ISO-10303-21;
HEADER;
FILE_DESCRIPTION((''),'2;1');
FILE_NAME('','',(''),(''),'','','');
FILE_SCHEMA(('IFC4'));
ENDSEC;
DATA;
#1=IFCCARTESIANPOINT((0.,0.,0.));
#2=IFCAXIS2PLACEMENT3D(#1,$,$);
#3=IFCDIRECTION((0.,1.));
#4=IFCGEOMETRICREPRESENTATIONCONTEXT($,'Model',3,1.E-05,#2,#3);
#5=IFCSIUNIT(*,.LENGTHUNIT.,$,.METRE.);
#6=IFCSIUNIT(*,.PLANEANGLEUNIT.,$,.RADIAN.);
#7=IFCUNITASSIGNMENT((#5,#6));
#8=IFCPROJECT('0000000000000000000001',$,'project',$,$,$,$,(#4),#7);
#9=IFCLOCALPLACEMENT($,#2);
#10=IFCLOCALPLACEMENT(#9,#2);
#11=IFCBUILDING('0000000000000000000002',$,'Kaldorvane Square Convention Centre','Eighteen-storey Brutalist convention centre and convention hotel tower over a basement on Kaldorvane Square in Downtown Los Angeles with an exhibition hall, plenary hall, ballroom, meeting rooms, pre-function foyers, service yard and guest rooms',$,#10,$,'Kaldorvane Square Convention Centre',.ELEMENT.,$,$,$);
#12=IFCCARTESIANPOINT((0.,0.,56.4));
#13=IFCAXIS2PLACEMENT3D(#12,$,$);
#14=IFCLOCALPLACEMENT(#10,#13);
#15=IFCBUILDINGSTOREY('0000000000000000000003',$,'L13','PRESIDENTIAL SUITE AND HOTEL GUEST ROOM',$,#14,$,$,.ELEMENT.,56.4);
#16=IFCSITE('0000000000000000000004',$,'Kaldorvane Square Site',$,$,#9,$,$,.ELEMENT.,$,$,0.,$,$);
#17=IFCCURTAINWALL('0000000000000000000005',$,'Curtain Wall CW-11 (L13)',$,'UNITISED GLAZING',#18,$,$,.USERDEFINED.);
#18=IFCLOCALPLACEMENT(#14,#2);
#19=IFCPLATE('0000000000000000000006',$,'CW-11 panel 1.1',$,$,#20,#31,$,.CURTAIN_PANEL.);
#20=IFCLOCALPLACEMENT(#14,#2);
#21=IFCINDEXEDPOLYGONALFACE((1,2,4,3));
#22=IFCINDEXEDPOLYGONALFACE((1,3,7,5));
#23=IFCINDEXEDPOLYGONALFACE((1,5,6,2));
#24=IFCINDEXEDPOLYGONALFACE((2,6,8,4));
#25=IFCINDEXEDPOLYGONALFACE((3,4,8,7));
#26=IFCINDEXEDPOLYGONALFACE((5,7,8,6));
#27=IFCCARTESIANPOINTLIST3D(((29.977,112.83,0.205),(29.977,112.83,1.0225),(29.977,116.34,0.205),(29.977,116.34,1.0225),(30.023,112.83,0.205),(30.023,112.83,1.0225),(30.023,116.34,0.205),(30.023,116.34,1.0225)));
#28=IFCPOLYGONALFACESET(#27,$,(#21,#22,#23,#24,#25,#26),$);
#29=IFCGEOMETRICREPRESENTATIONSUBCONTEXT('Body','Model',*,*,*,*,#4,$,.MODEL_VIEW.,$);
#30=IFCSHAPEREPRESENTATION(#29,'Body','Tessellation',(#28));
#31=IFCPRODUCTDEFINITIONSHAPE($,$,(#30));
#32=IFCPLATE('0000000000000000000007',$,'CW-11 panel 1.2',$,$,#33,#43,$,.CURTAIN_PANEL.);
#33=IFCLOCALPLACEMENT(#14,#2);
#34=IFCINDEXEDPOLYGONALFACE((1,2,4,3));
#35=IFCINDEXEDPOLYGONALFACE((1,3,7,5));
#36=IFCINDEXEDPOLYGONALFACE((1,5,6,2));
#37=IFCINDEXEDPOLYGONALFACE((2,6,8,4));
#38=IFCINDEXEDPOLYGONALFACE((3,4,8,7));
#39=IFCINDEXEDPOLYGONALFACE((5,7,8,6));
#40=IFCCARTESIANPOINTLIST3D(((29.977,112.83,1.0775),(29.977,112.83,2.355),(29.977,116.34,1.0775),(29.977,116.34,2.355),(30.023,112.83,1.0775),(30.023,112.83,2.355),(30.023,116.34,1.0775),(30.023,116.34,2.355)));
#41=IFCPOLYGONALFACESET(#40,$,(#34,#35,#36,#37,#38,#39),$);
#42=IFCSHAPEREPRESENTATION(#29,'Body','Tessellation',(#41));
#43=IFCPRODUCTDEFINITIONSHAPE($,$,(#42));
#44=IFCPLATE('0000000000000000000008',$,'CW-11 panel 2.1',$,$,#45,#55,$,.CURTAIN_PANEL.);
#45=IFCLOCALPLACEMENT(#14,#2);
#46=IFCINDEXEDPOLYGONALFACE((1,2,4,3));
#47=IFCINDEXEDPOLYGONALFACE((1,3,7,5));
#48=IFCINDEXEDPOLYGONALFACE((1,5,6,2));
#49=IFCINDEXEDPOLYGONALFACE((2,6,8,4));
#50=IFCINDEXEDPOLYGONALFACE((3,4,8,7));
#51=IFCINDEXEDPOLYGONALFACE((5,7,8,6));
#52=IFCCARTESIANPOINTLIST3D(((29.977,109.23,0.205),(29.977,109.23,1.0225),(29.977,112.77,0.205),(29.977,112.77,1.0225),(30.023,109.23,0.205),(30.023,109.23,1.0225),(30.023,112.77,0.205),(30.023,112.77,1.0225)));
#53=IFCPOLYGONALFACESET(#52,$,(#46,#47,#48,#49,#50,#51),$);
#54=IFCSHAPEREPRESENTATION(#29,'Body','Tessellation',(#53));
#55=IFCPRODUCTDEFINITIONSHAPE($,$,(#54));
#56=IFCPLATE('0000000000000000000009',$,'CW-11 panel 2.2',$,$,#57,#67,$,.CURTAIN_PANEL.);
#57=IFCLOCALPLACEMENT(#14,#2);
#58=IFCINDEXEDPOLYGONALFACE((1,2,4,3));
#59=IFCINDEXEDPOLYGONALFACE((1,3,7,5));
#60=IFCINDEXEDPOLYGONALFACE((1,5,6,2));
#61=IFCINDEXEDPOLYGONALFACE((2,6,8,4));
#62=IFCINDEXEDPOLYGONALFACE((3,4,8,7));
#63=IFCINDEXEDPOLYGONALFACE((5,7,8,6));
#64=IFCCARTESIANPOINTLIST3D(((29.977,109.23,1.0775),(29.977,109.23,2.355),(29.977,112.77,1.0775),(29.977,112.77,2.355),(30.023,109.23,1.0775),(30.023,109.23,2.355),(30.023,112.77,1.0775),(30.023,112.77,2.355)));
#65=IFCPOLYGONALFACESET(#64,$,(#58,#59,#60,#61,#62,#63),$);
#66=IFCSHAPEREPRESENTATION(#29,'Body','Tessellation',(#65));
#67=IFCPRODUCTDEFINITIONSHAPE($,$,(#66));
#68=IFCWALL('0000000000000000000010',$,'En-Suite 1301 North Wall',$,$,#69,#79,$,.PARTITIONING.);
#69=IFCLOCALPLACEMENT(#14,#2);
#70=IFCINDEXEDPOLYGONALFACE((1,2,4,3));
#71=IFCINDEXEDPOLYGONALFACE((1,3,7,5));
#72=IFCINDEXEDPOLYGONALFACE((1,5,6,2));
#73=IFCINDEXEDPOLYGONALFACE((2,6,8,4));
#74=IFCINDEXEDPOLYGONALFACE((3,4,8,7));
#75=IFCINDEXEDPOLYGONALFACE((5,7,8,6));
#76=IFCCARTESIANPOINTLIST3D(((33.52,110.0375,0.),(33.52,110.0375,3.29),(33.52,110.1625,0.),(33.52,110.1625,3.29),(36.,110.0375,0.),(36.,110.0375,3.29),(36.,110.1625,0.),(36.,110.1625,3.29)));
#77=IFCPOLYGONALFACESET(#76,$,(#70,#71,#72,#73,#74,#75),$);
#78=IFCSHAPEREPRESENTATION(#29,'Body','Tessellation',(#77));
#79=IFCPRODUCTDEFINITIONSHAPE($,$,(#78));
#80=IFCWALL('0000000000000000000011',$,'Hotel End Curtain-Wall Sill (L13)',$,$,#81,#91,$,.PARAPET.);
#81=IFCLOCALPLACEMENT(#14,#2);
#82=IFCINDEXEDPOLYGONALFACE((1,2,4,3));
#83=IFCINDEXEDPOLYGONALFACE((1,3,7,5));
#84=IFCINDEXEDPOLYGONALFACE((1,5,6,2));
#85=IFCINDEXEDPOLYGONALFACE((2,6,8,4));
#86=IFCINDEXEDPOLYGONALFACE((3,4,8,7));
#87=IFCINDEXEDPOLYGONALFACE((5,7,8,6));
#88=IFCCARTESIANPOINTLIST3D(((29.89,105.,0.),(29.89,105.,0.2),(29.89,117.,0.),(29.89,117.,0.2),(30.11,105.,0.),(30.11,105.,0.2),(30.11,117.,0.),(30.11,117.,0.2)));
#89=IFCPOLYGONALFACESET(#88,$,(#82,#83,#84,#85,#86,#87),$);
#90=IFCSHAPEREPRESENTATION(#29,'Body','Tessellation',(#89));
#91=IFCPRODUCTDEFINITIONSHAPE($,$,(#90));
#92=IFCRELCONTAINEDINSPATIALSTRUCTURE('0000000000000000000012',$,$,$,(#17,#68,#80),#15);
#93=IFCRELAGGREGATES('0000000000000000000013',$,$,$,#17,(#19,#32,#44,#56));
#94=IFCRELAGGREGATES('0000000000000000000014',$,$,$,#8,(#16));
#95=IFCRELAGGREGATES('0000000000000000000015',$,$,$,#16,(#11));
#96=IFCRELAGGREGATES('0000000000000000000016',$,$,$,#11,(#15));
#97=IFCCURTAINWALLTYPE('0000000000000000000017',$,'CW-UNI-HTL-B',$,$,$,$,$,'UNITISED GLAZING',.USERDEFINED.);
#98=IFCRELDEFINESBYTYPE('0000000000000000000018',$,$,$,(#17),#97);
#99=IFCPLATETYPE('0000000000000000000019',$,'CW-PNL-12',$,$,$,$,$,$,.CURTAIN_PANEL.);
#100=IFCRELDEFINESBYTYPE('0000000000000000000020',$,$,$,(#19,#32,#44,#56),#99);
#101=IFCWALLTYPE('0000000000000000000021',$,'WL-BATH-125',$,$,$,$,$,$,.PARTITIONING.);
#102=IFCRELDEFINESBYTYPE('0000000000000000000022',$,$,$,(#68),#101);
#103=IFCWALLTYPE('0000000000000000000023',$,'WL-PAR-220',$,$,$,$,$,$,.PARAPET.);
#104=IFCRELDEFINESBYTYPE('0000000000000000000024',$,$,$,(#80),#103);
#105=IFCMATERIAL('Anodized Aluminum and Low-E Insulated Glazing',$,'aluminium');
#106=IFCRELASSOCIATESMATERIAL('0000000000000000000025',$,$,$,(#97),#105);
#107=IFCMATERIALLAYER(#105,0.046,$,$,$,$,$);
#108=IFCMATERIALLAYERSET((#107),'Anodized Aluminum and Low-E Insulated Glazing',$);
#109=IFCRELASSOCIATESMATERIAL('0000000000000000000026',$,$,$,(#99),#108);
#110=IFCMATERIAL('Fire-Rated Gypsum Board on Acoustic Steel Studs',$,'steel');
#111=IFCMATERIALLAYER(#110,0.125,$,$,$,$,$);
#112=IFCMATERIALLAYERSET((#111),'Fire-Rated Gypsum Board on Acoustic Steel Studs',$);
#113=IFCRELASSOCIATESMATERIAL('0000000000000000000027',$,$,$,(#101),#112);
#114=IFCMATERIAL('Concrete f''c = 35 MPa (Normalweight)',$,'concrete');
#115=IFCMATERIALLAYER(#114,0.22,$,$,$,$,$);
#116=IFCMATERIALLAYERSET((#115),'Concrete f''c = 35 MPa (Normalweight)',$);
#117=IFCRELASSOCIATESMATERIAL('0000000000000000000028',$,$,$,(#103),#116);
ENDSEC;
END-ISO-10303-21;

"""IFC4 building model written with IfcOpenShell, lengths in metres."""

from ifc_helpers import new_model, si_unit, direction, frame, frame_2d, origin, origin_2d, place, context, subcontext, project, spatial, rectangle, extrude, material, layer, layer_set, type_object, element, aggregate, save


model = new_model("IFC4")

# Units and contexts
model_context = context("Model", 3, precision=1e-05, world=origin(), true_north=direction((0.0, 1.0)))
body_context = subcontext(model_context, "Body", "Model", "MODEL_VIEW")
ifc_project = project(units=[si_unit("LENGTHUNIT", "METRE"), si_unit("PLANEANGLEUNIT", "RADIAN")], contexts=[model_context])

# Site, building, storey
site_placement = place(None, origin())
site = spatial("IfcSite", under=ifc_project, at=site_placement, Name="Kaldorvane Square Site", CompositionType="ELEMENT", RefElevation=0.0)
building_placement = place(site_placement, origin())
building = spatial("IfcBuilding", under=site, at=building_placement, Name="Kaldorvane Square Convention Centre", Description="Eighteen-storey Brutalist convention centre and convention hotel tower over a basement on Kaldorvane Square in Downtown Los Angeles with an exhibition hall, plenary hall, ballroom, meeting rooms, pre-function foyers, service yard and guest rooms", LongName="Kaldorvane Square Convention Centre", CompositionType="ELEMENT")
storey_placement = place(building_placement, frame((0.0, 0.0, 56.4)))
storey = spatial("IfcBuildingStorey", under=building, at=storey_placement, Name="L13", Description="PRESIDENTIAL SUITE AND HOTEL GUEST ROOM", CompositionType="ELEMENT", Elevation=56.4)

# Curtain wall, plates
ifc_material_1 = material(Name="Anodized Aluminum and Low-E Insulated Glazing", Category="aluminium")
curtain_wall_type = type_object("IfcCurtainWallType", Name="CW-UNI-HTL-B", ElementType="UNITISED GLAZING", PredefinedType="USERDEFINED", material=ifc_material_1)
curtain_wall_placement = place(storey_placement, origin())
curtain_wall = element("IfcCurtainWall", 1, at=curtain_wall_placement, inside=storey, type_object=curtain_wall_type, Name="Curtain Wall CW-11 (L13)", ObjectType="UNITISED GLAZING", PredefinedType="USERDEFINED")
ifc_layer_1 = layer(ifc_material_1, 0.046)
ifc_layer_set_1 = layer_set([ifc_layer_1], Name="Anodized Aluminum and Low-E Insulated Glazing")
plate_type = type_object("IfcPlateType", Name="CW-PNL-12", PredefinedType="CURTAIN_PANEL", material=ifc_layer_set_1)
plate_1_placement = place(storey_placement, frame((30.0, 114.585, 0.205), z_axis=(0.0, 0.0, 1.0), x_axis=(0.0, -1.0, 0.0)))
plate_1 = element("IfcPlate", 2, at=plate_1_placement, type_object=plate_type, Name="CW-11 panel 1.1", PredefinedType="CURTAIN_PANEL", context=body_context, shape_type="SweptSolid", body=[
    extrude(rectangle(XDim=3.51, YDim=0.046, at=origin_2d()), origin(), (0.0, 0.0, 1.0), 0.8175),
])
plate_2_placement = place(storey_placement, frame((30.0, 114.585, 1.0775), z_axis=(0.0, 0.0, 1.0), x_axis=(0.0, -1.0, 0.0)))
plate_2 = element("IfcPlate", 3, at=plate_2_placement, type_object=plate_type, Name="CW-11 panel 1.2", PredefinedType="CURTAIN_PANEL", context=body_context, shape_type="SweptSolid", body=[
    extrude(rectangle(XDim=3.51, YDim=0.046, at=origin_2d()), origin(), (0.0, 0.0, 1.0), 1.2775),
])
plate_3_placement = place(storey_placement, frame((30.0, 111.0, 0.205), z_axis=(0.0, 0.0, 1.0), x_axis=(0.0, -1.0, 0.0)))
plate_3 = element("IfcPlate", 4, at=plate_3_placement, type_object=plate_type, Name="CW-11 panel 2.1", PredefinedType="CURTAIN_PANEL", context=body_context, shape_type="SweptSolid", body=[
    extrude(rectangle(XDim=3.54, YDim=0.046, at=origin_2d()), origin(), (0.0, 0.0, 1.0), 0.8175),
])
plate_4_placement = place(storey_placement, frame((30.0, 111.0, 1.0775), z_axis=(0.0, 0.0, 1.0), x_axis=(0.0, -1.0, 0.0)))
plate_4 = element("IfcPlate", 5, at=plate_4_placement, type_object=plate_type, Name="CW-11 panel 2.2", PredefinedType="CURTAIN_PANEL", context=body_context, shape_type="SweptSolid", body=[
    extrude(rectangle(XDim=3.54, YDim=0.046, at=origin_2d()), origin(), (0.0, 0.0, 1.0), 1.2775),
])
aggregate(curtain_wall, [plate_1, plate_2, plate_3, plate_4])

# Walls
ifc_material_2 = material(Name="Fire-Rated Gypsum Board on Acoustic Steel Studs", Category="steel")
ifc_layer_2 = layer(ifc_material_2, 0.125)
ifc_layer_set_2 = layer_set([ifc_layer_2], Name="Fire-Rated Gypsum Board on Acoustic Steel Studs")
wall_type_1 = type_object("IfcWallType", Name="WL-BATH-125", PredefinedType="PARTITIONING", material=ifc_layer_set_2)
wall_1_placement = place(storey_placement, frame((33.52, 110.1, 0.0), z_axis=(0.0, 0.0, 1.0), x_axis=(1.0, 0.0, 0.0)))
element("IfcWall", 6, at=wall_1_placement, inside=storey, type_object=wall_type_1, Name="En-Suite 1301 North Wall", PredefinedType="PARTITIONING", context=body_context, shape_type="SweptSolid", body=[
    extrude(rectangle(XDim=2.48, YDim=0.125, at=frame_2d((1.24, 0.0))), origin(), (0.0, 0.0, 1.0), 3.29),
])
ifc_material_3 = material(Name="Concrete f'c = 35 MPa (Normalweight)", Category="concrete")
ifc_layer_3 = layer(ifc_material_3, 0.22)
ifc_layer_set_3 = layer_set([ifc_layer_3], Name="Concrete f'c = 35 MPa (Normalweight)")
wall_type_2 = type_object("IfcWallType", Name="WL-PAR-220", PredefinedType="PARAPET", material=ifc_layer_set_3)
wall_2_placement = place(storey_placement, frame((30.0, 117.0, 0.0), z_axis=(0.0, 0.0, 1.0), x_axis=(0.0, -1.0, 0.0)))
element("IfcWall", 7, at=wall_2_placement, inside=storey, type_object=wall_type_2, Name="Hotel End Curtain-Wall Sill (L13)", PredefinedType="PARAPET", context=body_context, shape_type="SweptSolid", body=[
    extrude(rectangle(XDim=12.0, YDim=0.22, at=frame_2d((6.0, 0.0))), origin(), (0.0, 0.0, 1.0), 0.2),
])

save(model, "model.ifc")
